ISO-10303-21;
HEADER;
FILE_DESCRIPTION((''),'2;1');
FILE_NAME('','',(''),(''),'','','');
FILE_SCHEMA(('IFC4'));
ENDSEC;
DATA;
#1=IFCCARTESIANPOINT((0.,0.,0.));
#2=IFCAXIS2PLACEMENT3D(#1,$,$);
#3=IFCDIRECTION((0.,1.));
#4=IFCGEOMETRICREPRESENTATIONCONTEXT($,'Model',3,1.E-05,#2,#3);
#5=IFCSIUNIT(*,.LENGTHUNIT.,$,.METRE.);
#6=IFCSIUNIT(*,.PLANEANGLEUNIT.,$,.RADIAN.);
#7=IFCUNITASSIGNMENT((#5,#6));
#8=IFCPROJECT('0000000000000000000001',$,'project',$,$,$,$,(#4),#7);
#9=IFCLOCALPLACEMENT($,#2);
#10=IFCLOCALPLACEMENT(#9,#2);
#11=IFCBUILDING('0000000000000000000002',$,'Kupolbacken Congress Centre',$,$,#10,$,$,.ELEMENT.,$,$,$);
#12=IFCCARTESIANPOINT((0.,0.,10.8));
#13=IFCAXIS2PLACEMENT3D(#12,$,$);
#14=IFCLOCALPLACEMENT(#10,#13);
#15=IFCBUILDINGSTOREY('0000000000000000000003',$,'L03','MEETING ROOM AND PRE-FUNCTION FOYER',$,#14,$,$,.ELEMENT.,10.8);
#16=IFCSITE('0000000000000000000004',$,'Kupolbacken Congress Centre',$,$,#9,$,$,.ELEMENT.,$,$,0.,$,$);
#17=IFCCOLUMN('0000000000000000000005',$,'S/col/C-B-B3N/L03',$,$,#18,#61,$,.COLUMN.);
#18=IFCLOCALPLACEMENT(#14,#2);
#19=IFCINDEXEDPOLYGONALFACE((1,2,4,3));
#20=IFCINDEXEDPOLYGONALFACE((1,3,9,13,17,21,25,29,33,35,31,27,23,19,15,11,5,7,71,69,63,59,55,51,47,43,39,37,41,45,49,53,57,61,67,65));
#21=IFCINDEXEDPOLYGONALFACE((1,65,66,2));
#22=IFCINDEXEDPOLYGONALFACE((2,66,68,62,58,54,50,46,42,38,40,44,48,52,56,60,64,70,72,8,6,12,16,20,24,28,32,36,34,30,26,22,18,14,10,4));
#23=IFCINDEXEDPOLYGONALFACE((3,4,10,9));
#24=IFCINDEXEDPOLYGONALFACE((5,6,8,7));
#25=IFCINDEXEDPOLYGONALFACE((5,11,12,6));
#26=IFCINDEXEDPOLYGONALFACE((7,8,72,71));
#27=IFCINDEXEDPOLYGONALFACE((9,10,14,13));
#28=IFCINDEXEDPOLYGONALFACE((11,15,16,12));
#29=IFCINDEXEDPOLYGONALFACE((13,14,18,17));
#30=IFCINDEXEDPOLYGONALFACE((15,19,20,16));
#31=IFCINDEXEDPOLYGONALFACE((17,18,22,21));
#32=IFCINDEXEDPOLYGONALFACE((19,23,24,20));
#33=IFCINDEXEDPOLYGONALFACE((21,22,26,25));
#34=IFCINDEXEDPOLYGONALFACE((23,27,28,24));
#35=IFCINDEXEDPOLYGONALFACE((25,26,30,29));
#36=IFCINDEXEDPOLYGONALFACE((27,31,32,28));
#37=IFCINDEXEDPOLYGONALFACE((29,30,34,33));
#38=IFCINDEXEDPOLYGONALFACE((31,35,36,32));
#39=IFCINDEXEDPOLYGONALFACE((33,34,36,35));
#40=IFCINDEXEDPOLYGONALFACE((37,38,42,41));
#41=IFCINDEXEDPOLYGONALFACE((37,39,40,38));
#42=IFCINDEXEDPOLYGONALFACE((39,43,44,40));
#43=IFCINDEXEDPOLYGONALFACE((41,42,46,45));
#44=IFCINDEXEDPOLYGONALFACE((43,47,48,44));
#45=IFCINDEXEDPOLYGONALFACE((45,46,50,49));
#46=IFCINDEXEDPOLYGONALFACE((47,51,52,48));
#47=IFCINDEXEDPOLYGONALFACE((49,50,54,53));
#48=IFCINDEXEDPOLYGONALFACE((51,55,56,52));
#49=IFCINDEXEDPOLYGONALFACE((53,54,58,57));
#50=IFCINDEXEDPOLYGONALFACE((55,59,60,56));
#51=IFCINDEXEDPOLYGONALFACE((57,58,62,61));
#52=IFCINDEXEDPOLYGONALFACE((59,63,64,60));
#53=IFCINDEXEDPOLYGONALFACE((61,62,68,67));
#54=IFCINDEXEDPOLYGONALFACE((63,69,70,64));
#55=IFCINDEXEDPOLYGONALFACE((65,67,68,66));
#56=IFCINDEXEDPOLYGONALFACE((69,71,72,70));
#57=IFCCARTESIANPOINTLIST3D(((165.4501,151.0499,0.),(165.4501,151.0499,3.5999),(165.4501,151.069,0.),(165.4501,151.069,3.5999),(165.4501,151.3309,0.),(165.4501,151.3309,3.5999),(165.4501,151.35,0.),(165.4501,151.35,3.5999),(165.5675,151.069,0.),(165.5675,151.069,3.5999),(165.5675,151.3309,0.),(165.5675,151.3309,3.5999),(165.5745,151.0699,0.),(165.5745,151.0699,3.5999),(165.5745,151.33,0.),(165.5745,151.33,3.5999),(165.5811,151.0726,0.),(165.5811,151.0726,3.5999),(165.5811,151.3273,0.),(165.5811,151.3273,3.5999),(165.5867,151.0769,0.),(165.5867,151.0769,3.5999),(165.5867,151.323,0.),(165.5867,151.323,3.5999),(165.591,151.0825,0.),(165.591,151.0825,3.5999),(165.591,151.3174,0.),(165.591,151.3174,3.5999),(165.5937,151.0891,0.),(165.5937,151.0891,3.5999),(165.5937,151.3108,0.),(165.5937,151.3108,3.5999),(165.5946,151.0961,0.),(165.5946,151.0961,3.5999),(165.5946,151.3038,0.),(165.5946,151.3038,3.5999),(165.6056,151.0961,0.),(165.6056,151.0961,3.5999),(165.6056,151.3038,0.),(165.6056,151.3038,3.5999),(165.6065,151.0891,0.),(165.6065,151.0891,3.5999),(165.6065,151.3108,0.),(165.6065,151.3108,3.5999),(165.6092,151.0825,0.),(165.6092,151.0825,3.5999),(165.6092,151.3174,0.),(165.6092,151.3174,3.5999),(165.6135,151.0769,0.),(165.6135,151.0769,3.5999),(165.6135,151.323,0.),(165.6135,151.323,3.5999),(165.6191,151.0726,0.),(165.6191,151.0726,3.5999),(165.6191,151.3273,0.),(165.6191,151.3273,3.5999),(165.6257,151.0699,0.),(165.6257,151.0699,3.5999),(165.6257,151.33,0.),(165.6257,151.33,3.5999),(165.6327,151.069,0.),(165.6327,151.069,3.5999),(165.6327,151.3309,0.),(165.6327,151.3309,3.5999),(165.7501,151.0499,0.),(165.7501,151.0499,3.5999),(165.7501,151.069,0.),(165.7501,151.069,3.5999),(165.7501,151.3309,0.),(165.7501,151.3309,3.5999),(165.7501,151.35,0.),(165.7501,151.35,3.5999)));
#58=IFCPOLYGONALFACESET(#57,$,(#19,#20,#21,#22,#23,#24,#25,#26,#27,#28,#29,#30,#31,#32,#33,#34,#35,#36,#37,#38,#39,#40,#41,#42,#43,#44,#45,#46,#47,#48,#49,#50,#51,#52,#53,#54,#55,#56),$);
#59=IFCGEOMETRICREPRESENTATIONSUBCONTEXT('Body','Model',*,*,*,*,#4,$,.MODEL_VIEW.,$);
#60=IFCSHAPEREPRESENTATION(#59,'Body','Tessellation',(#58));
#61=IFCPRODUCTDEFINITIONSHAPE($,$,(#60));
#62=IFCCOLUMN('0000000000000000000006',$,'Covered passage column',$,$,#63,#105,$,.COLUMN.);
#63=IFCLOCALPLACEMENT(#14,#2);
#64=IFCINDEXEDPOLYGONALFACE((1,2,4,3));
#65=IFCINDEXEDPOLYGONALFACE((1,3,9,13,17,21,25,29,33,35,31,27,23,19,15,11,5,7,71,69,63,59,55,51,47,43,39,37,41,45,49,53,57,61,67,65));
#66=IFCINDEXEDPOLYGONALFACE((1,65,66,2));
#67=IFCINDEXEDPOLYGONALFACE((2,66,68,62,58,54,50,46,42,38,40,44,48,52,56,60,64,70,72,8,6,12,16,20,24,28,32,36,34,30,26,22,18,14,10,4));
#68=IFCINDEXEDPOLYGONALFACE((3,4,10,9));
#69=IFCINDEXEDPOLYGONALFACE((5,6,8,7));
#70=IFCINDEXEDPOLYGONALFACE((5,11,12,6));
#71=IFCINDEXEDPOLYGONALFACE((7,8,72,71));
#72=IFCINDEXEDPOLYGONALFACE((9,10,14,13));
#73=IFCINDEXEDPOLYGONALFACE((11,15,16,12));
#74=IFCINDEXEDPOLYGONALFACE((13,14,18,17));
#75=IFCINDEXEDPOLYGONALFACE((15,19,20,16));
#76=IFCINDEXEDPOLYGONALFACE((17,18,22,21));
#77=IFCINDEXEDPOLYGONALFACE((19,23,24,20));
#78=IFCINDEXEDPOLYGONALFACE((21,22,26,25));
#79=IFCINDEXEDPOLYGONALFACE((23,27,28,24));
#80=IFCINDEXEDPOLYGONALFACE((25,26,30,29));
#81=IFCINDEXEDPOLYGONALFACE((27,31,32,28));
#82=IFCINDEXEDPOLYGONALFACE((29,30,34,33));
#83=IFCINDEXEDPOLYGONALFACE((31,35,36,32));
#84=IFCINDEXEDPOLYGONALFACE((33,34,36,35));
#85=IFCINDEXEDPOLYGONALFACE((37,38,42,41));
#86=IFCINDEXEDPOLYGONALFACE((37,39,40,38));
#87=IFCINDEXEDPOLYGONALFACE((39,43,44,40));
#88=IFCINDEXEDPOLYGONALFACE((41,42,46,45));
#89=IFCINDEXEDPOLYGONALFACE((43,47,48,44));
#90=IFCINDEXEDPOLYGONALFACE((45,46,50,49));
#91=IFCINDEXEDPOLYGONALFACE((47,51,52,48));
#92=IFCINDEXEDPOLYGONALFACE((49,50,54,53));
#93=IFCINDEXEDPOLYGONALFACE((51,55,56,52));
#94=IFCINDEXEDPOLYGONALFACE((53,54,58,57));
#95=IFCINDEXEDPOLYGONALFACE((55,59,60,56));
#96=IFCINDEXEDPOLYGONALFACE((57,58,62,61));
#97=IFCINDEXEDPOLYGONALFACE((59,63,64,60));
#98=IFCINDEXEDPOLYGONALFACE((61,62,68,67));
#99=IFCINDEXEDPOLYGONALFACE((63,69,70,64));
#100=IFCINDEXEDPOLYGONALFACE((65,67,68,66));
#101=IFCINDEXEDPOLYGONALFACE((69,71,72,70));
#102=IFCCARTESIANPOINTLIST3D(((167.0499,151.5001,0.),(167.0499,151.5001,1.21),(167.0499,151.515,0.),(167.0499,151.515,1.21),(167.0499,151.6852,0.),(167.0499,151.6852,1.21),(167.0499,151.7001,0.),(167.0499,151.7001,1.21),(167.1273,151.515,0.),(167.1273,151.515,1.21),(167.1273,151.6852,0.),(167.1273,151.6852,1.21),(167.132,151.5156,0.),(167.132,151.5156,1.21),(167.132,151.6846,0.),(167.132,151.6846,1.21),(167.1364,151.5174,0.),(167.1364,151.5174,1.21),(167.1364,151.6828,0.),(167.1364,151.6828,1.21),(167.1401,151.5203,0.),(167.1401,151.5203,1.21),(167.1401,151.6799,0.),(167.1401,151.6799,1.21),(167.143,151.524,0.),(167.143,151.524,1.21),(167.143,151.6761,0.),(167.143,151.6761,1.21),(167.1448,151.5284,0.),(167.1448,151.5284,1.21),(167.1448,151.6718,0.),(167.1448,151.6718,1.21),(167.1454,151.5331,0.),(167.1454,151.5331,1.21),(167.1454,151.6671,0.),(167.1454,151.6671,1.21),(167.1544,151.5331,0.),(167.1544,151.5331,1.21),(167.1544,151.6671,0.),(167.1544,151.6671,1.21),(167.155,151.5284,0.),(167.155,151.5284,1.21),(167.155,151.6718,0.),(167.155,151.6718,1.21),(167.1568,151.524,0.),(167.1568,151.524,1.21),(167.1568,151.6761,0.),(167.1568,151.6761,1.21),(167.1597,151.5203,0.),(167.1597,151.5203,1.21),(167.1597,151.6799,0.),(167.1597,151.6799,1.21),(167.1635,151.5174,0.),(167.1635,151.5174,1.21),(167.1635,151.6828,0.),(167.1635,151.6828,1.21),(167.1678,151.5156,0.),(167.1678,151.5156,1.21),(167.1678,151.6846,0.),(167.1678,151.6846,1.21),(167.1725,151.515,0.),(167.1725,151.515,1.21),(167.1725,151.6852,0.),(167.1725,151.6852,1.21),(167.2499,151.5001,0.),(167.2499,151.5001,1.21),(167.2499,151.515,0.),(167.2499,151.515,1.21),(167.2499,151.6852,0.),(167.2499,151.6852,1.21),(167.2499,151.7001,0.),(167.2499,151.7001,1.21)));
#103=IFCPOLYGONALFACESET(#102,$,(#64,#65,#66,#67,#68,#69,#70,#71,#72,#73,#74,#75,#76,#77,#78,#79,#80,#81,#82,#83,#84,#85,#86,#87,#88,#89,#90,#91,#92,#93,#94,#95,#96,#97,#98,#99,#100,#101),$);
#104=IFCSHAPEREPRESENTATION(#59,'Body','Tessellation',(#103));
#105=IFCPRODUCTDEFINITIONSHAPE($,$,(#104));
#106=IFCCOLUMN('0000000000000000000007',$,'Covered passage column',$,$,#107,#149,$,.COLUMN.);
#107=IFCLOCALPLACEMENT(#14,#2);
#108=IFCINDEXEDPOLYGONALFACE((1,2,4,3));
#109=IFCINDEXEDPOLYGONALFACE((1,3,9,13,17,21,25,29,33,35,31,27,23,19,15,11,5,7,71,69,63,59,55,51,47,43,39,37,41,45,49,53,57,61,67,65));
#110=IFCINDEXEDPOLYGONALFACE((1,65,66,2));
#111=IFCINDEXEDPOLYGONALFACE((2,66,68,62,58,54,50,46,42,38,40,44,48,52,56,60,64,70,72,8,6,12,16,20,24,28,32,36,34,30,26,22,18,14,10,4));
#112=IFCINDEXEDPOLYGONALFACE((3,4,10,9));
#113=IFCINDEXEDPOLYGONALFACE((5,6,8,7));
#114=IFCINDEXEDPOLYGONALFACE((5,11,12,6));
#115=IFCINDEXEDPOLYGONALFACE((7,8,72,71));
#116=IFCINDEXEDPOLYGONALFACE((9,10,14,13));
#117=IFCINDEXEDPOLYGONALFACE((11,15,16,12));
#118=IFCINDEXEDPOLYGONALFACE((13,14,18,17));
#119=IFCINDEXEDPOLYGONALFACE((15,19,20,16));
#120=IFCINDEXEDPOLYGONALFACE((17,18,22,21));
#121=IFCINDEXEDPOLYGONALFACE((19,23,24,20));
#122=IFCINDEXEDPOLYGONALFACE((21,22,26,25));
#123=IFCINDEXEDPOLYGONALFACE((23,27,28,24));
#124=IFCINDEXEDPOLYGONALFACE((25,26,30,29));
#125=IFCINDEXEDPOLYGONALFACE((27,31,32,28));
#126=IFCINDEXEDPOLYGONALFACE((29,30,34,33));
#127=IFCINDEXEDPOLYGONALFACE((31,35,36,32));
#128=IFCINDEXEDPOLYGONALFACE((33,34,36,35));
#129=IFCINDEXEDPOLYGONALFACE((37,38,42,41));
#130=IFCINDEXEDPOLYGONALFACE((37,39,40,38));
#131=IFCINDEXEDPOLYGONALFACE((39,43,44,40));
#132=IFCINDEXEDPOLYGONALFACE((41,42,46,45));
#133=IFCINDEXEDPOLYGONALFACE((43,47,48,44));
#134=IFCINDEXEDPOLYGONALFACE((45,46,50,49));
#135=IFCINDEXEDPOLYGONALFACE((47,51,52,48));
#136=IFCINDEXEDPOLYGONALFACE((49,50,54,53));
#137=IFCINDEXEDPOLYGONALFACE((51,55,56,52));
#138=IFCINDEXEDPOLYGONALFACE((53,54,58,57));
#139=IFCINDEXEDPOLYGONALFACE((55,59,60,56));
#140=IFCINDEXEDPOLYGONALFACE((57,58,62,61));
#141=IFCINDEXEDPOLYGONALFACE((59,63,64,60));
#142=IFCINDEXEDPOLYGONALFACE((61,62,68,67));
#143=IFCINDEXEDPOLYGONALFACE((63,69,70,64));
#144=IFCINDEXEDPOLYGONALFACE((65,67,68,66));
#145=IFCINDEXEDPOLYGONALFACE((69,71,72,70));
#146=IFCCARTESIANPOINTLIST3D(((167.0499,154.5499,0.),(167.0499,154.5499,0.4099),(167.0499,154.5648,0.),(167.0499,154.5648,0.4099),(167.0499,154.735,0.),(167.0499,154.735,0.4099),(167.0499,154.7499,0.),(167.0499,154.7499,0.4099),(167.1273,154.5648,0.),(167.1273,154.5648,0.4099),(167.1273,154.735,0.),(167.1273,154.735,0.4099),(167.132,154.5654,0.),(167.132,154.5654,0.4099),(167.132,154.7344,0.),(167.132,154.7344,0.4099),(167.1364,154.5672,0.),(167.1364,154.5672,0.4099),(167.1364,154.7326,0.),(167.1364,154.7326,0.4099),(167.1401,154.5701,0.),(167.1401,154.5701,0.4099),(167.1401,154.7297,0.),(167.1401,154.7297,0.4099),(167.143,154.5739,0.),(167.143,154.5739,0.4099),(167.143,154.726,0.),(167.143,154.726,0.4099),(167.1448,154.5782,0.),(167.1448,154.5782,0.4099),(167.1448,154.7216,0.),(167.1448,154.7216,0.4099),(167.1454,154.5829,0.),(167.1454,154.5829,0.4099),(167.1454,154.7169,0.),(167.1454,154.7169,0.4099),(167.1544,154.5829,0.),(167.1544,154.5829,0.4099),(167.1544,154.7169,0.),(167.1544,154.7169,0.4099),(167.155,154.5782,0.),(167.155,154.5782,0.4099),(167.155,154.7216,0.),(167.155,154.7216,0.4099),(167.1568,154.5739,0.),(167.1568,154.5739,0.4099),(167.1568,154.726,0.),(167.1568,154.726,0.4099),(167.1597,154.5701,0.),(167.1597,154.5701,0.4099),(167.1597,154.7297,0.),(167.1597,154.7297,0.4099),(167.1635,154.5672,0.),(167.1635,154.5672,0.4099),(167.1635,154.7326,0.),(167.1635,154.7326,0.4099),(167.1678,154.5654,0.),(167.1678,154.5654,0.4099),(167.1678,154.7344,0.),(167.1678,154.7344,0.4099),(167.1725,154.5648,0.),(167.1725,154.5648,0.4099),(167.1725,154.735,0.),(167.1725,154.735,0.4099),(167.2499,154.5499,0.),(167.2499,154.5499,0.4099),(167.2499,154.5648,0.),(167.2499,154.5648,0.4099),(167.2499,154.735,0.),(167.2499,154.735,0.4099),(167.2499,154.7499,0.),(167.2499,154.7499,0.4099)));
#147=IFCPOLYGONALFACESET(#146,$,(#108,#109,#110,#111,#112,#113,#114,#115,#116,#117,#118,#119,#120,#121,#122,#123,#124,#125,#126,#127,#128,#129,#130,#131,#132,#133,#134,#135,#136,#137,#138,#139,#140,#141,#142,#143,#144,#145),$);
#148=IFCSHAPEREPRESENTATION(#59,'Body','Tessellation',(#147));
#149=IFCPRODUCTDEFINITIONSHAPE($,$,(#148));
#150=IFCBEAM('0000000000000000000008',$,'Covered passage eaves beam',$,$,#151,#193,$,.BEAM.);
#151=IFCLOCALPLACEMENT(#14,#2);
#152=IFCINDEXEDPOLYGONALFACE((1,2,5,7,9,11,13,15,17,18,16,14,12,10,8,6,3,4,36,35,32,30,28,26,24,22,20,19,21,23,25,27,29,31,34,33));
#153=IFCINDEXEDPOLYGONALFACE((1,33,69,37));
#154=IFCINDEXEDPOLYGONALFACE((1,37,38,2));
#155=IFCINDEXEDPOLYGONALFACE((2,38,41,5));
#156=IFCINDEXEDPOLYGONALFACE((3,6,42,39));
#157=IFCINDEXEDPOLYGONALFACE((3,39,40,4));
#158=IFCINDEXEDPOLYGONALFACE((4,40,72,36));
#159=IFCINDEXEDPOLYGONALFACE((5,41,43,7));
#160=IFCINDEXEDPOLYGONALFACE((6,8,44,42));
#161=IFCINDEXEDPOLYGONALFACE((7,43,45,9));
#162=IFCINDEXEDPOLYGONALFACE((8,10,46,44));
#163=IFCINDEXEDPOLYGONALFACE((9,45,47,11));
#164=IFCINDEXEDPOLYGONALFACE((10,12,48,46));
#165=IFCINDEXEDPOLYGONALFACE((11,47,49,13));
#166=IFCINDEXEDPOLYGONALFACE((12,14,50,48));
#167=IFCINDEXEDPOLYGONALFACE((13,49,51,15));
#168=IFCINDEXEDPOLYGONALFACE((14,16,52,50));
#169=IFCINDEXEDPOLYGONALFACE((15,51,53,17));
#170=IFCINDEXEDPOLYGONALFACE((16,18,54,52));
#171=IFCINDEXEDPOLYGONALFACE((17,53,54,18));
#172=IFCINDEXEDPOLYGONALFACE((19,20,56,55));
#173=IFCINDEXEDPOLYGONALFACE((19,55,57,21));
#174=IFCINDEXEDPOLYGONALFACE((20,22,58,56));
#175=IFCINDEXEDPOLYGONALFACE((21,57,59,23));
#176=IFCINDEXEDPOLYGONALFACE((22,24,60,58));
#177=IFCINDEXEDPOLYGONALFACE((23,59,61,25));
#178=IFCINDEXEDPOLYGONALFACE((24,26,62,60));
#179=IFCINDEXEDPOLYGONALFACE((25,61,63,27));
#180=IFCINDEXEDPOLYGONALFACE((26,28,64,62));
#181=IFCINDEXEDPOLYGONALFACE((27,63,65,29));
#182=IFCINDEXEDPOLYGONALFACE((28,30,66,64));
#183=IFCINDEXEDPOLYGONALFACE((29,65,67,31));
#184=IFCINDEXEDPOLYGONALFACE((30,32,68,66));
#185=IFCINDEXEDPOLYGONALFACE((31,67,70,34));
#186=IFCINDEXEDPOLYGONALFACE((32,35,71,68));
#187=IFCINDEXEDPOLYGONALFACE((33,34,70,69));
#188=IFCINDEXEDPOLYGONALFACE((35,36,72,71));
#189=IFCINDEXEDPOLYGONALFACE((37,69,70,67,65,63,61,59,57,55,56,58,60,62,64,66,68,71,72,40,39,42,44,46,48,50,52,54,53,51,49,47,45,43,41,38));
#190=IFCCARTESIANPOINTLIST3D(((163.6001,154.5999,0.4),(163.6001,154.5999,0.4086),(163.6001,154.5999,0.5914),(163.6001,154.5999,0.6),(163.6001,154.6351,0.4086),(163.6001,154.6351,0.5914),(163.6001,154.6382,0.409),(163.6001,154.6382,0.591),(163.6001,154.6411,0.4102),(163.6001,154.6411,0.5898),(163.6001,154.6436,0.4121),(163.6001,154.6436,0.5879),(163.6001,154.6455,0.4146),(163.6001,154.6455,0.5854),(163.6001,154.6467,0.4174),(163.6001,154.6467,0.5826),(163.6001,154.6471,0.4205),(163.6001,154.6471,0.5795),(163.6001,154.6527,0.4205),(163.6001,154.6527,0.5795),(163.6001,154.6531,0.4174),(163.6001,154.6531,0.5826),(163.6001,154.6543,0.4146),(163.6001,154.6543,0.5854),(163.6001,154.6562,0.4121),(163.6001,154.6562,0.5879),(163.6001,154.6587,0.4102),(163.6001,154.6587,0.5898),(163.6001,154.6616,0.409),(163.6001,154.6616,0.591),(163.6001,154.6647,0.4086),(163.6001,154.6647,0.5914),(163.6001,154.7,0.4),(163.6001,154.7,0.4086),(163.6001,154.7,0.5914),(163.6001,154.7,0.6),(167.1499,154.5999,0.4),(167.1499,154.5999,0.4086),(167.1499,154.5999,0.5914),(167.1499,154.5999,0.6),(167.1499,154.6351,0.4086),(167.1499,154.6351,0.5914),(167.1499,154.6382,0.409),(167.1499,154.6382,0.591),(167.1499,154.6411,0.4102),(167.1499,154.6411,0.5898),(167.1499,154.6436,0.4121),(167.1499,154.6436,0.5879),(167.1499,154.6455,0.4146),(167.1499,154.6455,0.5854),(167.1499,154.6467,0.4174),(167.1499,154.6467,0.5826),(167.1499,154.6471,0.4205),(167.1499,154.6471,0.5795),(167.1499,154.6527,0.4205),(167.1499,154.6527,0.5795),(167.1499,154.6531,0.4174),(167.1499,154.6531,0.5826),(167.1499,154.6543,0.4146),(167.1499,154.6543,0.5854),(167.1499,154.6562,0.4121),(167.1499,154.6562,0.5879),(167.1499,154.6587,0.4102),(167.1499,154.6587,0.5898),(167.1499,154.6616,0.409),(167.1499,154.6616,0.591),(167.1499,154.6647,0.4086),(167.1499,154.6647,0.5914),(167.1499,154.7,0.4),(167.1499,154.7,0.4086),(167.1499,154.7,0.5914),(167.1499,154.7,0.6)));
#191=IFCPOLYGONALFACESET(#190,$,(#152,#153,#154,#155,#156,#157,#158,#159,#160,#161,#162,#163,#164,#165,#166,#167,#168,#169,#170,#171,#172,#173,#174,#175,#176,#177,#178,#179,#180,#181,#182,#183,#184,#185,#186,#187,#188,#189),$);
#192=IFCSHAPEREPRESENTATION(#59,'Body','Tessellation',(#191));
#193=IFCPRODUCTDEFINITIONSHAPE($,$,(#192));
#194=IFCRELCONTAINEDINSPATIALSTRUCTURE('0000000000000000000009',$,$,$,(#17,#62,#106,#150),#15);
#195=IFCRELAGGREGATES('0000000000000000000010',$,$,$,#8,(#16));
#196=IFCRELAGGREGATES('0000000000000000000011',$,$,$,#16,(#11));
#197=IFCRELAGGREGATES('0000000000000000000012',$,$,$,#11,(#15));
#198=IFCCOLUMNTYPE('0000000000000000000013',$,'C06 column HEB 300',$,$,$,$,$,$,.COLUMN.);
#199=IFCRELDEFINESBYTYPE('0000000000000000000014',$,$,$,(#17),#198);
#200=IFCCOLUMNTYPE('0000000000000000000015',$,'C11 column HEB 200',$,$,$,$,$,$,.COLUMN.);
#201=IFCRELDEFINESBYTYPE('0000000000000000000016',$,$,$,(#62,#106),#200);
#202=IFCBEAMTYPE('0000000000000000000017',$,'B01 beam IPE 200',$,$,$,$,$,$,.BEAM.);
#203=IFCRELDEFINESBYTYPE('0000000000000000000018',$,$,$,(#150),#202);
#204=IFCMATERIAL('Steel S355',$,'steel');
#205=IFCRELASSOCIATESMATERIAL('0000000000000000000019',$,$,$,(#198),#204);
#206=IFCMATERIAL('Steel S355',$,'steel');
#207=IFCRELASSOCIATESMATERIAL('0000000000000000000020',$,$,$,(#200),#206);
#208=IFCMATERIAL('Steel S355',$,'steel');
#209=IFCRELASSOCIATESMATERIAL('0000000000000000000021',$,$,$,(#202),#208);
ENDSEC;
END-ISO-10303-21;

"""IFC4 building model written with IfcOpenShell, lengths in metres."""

from ifc_helpers import new_model, si_unit, direction, frame, origin, origin_2d, place, context, subcontext, project, spatial, i_section, extrude, material, material_profile, profile_set, type_object, element, save


model = new_model("IFC4")

# Units and contexts
model_context = context("Model", 3, precision=1e-05, world=origin(), true_north=direction((0.0, 1.0)))
body_context = subcontext(model_context, "Body", "Model", "MODEL_VIEW")
ifc_project = project(units=[si_unit("LENGTHUNIT", "METRE"), si_unit("PLANEANGLEUNIT", "RADIAN")], contexts=[model_context])

# Site, building, storey
site_placement = place(None, origin())
site = spatial("IfcSite", under=ifc_project, at=site_placement, Name="Kupolbacken Congress Centre", CompositionType="ELEMENT", RefElevation=0.0)
building_placement = place(site_placement, origin())
building = spatial("IfcBuilding", under=site, at=building_placement, Name="Kupolbacken Congress Centre", CompositionType="ELEMENT")
storey_placement = place(building_placement, frame((0.0, 0.0, 10.8)))
storey = spatial("IfcBuildingStorey", under=building, at=storey_placement, Name="L03", Description="MEETING ROOM AND PRE-FUNCTION FOYER", CompositionType="ELEMENT", Elevation=10.8)

# Columns
ifc_material_1 = material(Name="Steel S355", Category="steel")
ifc_material_profile_1 = material_profile(ifc_material_1, i_section(OverallWidth=0.3, OverallDepth=0.3, WebThickness=0.011, FlangeThickness=0.019, FilletRadius=0.0271, at=origin_2d()), Name="HEB 300")
ifc_profile_set_1 = profile_set([ifc_material_profile_1], Name="Steel S355")
column_type_1 = type_object("IfcColumnType", Name="C06 column HEB 300", PredefinedType="COLUMN", material=ifc_profile_set_1)
column_1_placement = place(storey_placement, frame((165.6001, 151.2, 0.0), z_axis=(0.0, 0.0, 1.0), x_axis=(1.0, 0.0, 0.0)))
element("IfcColumn", 1, at=column_1_placement, inside=storey, type_object=column_type_1, Name="S/col/C-B-B3N/L03", PredefinedType="COLUMN", context=body_context, shape_type="SweptSolid", body=[
    extrude(i_section(OverallWidth=0.3, OverallDepth=0.3, WebThickness=0.011, FlangeThickness=0.019, FilletRadius=0.0271, at=origin_2d()), origin(), (0.0, 0.0, 1.0), 3.5999),
])
ifc_material_2 = material(Name="Steel S355", Category="steel")
ifc_material_profile_2 = material_profile(ifc_material_2, i_section(OverallWidth=0.2, OverallDepth=0.2, WebThickness=0.009, FlangeThickness=0.0149, FilletRadius=0.0181, at=origin_2d()), Name="HEB 200")
ifc_profile_set_2 = profile_set([ifc_material_profile_2], Name="Steel S355")
column_type_2 = type_object("IfcColumnType", Name="C11 column HEB 200", PredefinedType="COLUMN", material=ifc_profile_set_2)
column_2_placement = place(storey_placement, frame((167.1499, 151.6001, 0.0), z_axis=(0.0, 0.0, 1.0), x_axis=(1.0, 0.0, 0.0)))
element("IfcColumn", 2, at=column_2_placement, inside=storey, type_object=column_type_2, Name="Covered passage column", PredefinedType="COLUMN", context=body_context, shape_type="SweptSolid", body=[
    extrude(i_section(OverallWidth=0.2, OverallDepth=0.2, WebThickness=0.009, FlangeThickness=0.0149, FilletRadius=0.0181, at=origin_2d()), origin(), (0.0, 0.0, 1.0), 1.21),
])
column_3_placement = place(storey_placement, frame((167.1499, 154.6499, 0.0), z_axis=(0.0, 0.0, 1.0), x_axis=(1.0, 0.0, 0.0)))
element("IfcColumn", 3, at=column_3_placement, inside=storey, type_object=column_type_2, Name="Covered passage column", PredefinedType="COLUMN", context=body_context, shape_type="SweptSolid", body=[
    extrude(i_section(OverallWidth=0.2, OverallDepth=0.2, WebThickness=0.009, FlangeThickness=0.0149, FilletRadius=0.0181, at=origin_2d()), origin(), (0.0, 0.0, 1.0), 0.4099),
])

# Beam
ifc_material_3 = material(Name="Steel S355", Category="steel")
ifc_material_profile_3 = material_profile(ifc_material_3, i_section(OverallWidth=0.1001, OverallDepth=0.2, WebThickness=0.0056, FlangeThickness=0.0085, FilletRadius=0.012, at=origin_2d()), Name="IPE 200")
ifc_profile_set_3 = profile_set([ifc_material_profile_3], Name="Steel S355")
beam_type = type_object("IfcBeamType", Name="B01 beam IPE 200", PredefinedType="BEAM", material=ifc_profile_set_3)
beam_1_placement = place(storey_placement, frame((163.6001, 154.6499, 0.5), z_axis=(1.0, 0.0, 0.0), x_axis=(0.0, 1.0, 0.0)))
element("IfcBeam", 4, at=beam_1_placement, inside=storey, type_object=beam_type, Name="Covered passage eaves beam", PredefinedType="BEAM", context=body_context, shape_type="SweptSolid", body=[
    extrude(i_section(OverallWidth=0.1001, OverallDepth=0.2, WebThickness=0.0056, FlangeThickness=0.0085, FilletRadius=0.012, at=origin_2d()), origin(), (0.0, 0.0, 1.0), 3.5498),
])

save(model, "model.ifc")
